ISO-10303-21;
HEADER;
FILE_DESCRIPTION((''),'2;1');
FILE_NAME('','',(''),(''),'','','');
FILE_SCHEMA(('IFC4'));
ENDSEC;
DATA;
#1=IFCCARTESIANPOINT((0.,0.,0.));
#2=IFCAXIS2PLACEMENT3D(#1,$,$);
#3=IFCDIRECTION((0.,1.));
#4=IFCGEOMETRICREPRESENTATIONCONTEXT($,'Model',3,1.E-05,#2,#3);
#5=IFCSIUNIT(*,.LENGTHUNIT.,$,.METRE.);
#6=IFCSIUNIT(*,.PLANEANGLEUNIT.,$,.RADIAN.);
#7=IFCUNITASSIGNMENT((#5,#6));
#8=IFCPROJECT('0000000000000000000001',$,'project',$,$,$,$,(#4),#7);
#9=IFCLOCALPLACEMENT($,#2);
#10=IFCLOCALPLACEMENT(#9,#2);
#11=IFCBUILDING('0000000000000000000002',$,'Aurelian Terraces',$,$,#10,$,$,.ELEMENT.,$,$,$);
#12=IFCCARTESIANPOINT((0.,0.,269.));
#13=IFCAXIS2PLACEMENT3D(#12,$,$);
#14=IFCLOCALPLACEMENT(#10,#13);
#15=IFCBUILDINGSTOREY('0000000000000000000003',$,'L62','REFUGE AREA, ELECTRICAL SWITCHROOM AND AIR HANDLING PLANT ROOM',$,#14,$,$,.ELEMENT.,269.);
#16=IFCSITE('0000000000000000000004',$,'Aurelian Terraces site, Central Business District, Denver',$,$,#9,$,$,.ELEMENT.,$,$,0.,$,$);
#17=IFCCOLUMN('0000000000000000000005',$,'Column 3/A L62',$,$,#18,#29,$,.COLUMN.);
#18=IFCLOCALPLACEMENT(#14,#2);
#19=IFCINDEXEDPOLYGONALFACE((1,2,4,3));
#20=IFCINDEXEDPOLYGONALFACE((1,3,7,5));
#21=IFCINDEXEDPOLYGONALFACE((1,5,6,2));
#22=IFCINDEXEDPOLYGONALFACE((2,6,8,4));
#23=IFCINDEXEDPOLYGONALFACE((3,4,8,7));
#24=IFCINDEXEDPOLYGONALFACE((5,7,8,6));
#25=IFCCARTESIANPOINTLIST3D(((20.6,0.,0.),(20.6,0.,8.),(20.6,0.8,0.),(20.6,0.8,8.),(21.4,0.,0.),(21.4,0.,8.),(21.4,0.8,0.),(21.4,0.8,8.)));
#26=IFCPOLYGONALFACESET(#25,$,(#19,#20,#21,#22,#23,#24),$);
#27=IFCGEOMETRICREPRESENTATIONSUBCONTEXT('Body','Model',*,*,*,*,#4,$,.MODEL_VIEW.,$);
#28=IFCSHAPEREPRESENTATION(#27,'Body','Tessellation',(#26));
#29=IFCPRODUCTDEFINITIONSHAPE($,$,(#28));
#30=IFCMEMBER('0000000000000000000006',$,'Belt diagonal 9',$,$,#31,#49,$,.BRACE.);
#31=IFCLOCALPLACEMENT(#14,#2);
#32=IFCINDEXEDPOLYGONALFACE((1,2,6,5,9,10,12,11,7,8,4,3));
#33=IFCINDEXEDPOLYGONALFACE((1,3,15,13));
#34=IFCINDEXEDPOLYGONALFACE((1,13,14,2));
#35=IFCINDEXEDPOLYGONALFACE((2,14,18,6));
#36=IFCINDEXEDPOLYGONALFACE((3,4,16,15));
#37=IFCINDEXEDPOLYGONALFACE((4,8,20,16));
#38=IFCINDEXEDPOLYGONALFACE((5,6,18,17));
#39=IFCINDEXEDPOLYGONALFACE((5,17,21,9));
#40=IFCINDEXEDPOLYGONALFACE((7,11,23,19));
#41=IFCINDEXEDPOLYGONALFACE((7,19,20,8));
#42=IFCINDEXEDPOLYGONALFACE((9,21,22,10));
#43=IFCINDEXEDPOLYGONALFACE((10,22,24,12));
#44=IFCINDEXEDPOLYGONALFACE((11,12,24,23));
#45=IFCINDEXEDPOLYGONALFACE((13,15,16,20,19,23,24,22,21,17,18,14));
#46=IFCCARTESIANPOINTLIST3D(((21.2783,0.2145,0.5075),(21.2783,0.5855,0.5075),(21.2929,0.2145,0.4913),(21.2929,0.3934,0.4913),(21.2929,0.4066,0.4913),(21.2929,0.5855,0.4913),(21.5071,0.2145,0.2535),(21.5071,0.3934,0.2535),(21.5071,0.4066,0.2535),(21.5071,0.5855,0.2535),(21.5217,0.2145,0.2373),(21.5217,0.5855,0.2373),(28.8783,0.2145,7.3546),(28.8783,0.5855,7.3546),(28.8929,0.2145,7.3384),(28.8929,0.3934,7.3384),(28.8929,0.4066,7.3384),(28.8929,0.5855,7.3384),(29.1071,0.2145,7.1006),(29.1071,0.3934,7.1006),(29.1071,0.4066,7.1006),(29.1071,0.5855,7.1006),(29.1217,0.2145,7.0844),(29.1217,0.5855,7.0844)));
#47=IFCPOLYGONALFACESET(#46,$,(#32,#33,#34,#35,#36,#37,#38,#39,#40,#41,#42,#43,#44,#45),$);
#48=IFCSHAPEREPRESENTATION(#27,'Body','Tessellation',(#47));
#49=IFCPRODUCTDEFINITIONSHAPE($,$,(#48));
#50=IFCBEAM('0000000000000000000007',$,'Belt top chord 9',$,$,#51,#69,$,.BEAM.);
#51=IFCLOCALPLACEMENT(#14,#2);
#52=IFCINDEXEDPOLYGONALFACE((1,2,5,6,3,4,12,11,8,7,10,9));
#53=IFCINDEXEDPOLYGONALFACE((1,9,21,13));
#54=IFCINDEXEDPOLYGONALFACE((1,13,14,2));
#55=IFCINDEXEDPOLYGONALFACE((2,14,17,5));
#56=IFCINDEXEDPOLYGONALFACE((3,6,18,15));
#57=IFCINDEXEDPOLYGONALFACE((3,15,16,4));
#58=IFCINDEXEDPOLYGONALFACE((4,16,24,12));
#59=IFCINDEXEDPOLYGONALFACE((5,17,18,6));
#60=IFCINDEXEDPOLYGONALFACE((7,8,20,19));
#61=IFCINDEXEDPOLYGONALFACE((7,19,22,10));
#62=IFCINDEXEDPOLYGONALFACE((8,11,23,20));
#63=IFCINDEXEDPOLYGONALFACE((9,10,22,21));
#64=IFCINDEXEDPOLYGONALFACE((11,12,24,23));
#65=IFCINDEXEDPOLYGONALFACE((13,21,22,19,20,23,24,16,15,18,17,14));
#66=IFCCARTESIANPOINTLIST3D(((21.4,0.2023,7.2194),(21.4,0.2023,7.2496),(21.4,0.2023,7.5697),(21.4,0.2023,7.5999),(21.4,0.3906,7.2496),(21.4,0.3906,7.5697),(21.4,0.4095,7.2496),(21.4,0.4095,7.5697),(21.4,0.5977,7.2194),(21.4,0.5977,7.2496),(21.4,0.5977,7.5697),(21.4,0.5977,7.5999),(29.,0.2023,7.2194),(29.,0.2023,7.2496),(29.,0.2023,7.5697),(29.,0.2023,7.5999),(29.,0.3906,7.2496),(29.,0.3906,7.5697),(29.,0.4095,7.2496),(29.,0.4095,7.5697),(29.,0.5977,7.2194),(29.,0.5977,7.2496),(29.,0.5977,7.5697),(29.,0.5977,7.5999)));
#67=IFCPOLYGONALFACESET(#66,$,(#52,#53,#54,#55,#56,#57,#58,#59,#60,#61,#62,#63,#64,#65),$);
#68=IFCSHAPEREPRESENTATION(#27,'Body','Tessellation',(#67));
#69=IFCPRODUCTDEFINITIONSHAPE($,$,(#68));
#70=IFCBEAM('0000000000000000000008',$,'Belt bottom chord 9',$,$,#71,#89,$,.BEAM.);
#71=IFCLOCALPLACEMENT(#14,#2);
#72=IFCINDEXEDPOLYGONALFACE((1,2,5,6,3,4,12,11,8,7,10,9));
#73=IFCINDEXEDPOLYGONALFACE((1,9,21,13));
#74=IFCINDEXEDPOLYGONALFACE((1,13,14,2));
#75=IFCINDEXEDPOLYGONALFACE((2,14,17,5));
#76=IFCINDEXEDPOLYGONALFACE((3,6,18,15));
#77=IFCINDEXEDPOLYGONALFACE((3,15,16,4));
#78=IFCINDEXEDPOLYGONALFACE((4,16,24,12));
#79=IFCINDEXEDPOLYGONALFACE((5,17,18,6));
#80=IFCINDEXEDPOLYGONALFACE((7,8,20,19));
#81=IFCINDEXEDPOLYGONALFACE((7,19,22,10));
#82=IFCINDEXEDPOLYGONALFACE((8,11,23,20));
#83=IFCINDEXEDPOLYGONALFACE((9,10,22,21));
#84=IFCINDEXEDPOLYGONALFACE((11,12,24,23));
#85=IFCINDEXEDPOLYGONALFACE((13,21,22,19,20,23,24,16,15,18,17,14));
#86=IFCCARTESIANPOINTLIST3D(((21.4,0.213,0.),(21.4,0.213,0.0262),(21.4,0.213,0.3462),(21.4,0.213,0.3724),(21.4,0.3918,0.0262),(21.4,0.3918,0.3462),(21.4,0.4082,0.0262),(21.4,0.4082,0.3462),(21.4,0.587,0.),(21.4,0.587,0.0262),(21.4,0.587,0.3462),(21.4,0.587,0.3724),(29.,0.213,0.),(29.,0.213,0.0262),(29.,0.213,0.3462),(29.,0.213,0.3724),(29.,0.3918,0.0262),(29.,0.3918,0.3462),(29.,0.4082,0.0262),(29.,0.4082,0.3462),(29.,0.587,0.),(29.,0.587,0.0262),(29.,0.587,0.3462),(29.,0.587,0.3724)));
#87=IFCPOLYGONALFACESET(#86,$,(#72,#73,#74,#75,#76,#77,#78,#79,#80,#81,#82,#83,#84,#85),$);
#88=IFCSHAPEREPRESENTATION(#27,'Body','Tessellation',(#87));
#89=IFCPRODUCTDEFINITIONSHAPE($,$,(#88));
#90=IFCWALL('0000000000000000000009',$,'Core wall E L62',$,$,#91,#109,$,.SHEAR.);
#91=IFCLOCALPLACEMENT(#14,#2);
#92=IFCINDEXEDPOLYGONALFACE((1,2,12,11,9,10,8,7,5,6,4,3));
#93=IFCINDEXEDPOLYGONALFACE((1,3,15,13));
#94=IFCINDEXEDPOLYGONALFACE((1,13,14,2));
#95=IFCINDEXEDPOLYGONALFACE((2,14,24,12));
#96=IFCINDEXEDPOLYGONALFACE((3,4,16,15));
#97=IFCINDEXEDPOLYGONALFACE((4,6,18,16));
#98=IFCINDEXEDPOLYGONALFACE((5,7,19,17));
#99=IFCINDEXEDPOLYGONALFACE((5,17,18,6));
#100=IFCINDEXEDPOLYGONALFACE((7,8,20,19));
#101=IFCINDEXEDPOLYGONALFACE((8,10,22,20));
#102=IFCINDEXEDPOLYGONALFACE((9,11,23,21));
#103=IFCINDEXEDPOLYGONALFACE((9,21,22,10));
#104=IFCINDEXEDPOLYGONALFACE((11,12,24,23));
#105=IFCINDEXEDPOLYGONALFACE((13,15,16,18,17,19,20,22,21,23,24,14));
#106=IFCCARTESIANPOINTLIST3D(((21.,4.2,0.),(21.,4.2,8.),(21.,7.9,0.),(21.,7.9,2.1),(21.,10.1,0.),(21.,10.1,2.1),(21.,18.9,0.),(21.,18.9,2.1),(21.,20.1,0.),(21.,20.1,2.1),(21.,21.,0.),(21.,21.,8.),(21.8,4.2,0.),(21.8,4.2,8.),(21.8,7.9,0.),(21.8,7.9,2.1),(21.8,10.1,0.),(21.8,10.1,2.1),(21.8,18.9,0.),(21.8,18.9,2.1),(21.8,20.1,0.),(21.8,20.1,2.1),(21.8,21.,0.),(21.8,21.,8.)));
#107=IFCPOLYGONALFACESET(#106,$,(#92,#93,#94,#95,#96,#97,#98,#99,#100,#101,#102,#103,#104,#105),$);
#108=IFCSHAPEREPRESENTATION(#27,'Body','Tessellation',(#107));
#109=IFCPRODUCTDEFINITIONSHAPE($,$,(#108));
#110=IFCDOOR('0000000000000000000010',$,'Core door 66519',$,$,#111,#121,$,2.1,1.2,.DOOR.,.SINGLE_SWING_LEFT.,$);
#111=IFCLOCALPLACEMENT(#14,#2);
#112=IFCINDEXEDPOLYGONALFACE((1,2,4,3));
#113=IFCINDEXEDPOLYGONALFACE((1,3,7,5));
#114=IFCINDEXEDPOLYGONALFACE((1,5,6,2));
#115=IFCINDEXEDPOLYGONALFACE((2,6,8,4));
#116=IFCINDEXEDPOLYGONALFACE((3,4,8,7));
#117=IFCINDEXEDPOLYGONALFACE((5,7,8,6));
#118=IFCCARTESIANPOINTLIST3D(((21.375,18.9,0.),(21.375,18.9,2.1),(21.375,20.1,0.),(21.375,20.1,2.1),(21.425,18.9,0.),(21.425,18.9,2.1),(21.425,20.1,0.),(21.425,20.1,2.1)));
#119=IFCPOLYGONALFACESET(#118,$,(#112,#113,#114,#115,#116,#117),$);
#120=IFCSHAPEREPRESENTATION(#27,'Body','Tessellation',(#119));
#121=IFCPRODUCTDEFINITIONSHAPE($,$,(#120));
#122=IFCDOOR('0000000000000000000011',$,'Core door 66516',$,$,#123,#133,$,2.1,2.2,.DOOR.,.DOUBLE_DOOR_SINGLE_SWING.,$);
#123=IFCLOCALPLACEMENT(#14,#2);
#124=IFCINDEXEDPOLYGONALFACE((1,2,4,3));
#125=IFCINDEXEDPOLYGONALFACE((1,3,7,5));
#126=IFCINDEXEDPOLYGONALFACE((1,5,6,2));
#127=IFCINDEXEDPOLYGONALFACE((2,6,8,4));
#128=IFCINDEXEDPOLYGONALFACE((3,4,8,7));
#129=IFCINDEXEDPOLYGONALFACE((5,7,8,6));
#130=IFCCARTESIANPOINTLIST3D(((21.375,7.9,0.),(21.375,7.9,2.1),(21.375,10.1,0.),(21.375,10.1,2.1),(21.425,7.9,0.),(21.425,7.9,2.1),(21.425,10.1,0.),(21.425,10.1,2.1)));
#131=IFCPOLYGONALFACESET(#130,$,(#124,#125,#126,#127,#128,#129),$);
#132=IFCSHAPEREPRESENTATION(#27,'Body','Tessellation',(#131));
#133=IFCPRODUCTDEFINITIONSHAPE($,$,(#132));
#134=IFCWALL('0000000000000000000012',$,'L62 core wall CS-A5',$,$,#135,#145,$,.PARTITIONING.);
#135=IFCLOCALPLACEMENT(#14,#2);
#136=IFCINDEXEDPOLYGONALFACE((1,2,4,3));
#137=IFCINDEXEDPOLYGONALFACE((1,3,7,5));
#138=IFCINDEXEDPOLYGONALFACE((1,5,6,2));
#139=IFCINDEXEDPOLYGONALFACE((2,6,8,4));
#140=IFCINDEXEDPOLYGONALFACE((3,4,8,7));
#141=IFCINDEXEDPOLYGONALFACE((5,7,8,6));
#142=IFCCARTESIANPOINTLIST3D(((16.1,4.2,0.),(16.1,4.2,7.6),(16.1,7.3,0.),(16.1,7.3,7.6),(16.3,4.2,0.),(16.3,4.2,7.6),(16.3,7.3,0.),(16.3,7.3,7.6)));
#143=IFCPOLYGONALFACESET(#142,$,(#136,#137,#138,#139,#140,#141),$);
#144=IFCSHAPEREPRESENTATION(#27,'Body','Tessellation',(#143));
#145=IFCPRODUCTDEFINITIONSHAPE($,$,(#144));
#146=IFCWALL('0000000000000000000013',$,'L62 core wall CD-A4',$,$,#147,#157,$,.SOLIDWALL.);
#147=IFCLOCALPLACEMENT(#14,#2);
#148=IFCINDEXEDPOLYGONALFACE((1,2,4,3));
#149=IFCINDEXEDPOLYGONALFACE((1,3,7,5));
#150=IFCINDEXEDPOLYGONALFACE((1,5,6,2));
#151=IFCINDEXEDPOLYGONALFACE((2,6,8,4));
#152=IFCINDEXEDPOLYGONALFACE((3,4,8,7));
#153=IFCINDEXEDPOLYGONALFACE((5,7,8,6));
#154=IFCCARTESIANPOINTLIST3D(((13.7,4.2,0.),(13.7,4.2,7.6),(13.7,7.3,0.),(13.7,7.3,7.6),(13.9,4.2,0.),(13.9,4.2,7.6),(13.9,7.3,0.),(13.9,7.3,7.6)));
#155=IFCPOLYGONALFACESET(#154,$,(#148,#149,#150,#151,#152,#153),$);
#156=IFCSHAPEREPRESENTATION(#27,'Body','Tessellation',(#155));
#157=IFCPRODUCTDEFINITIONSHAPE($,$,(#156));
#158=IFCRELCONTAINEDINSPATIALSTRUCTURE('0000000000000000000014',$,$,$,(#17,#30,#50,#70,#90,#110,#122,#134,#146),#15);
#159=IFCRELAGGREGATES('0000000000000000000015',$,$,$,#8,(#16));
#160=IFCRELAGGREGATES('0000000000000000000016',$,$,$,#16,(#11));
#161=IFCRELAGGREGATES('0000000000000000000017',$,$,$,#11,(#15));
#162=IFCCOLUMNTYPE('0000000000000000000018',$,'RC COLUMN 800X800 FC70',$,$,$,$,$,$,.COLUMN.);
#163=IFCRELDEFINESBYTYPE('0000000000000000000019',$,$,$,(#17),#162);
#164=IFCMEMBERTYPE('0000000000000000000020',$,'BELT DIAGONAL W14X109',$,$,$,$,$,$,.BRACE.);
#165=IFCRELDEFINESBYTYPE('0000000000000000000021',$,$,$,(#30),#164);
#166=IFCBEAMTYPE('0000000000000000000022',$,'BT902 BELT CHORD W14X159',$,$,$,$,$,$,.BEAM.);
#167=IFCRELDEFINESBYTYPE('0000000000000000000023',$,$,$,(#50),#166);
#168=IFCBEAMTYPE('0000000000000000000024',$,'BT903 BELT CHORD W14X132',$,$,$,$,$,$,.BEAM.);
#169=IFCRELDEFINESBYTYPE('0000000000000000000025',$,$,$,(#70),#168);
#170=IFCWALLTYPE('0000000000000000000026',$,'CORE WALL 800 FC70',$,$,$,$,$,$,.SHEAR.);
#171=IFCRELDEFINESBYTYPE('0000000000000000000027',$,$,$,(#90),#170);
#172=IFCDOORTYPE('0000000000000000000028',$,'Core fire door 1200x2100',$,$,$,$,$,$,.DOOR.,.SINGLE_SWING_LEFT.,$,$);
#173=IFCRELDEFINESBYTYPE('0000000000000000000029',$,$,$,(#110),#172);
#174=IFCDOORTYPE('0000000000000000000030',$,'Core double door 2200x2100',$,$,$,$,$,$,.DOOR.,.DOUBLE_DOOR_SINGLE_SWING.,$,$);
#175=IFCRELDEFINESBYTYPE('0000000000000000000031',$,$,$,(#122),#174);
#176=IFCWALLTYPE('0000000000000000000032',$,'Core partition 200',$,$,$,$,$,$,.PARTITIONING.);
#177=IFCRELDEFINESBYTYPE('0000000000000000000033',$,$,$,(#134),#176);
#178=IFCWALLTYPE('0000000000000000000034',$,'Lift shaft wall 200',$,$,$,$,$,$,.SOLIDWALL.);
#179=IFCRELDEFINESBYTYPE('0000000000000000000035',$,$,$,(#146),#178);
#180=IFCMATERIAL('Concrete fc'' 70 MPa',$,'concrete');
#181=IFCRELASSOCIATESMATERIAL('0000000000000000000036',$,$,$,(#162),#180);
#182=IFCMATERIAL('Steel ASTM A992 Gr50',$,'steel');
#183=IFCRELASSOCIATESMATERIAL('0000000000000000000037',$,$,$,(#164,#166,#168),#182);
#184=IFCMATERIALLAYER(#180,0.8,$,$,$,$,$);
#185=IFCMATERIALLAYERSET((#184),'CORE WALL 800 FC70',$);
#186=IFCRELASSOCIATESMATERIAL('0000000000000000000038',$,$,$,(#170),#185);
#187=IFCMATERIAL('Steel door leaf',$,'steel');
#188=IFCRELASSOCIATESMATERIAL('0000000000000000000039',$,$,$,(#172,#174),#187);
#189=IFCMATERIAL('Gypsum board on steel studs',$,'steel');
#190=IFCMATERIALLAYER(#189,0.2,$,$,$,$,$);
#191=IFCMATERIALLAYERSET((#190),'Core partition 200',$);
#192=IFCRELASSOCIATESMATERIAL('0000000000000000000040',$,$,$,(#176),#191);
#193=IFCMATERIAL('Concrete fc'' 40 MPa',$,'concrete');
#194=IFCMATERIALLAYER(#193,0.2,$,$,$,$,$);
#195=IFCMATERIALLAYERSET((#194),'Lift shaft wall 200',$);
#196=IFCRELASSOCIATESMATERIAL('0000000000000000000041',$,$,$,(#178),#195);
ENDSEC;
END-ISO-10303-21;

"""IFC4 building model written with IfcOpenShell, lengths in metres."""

from ifc_helpers import new_model, si_unit, direction, frame, frame_2d, origin, origin_2d, place, context, subcontext, project, spatial, rectangle, i_section, extrude, source, transform, mapped, material, layer, layer_set, material_profile, profile_set, type_object, element, fill, save


model = new_model("IFC4")

# Units and contexts
model_context = context("Model", 3, precision=1e-05, world=origin(), true_north=direction((0.0, 1.0)))
body_context = subcontext(model_context, "Body", "Model", "MODEL_VIEW")
ifc_project = project(units=[si_unit("LENGTHUNIT", "METRE"), si_unit("PLANEANGLEUNIT", "RADIAN")], contexts=[model_context])

# Site, building, storey
site_placement = place(None, origin())
site = spatial("IfcSite", under=ifc_project, at=site_placement, Name="Aurelian Terraces site, Central Business District, Denver", CompositionType="ELEMENT", RefElevation=0.0)
building_placement = place(site_placement, origin())
building = spatial("IfcBuilding", under=site, at=building_placement, Name="Aurelian Terraces", CompositionType="ELEMENT")
storey_placement = place(building_placement, frame((0.0, 0.0, 269.0)))
storey = spatial("IfcBuildingStorey", under=building, at=storey_placement, Name="L62", Description="REFUGE AREA, ELECTRICAL SWITCHROOM AND AIR HANDLING PLANT ROOM", CompositionType="ELEMENT", Elevation=269.0)

# Column
ifc_material_1 = material(Name="Concrete fc' 70 MPa", Category="concrete")
ifc_material_profile_1 = material_profile(ifc_material_1, rectangle(XDim=0.8, YDim=0.8, at=origin_2d()))
ifc_profile_set_1 = profile_set([ifc_material_profile_1], Name="Concrete fc' 70 MPa")
column_type = type_object("IfcColumnType", Name="RC COLUMN 800X800 FC70", PredefinedType="COLUMN", material=ifc_profile_set_1)
shared_shape_1 = source(origin(), body_context, "Body", "SweptSolid", [
    extrude(rectangle(XDim=0.8, YDim=0.8, at=origin_2d()), origin(), (0.0, 0.0, 1.0), 8.0),
])
column_placement = place(storey_placement, frame((21.0, 0.4, 0.0), z_axis=(0.0, 0.0, 1.0), x_axis=(1.0, 0.0, 0.0)))
element("IfcColumn", 1, at=column_placement, inside=storey, type_object=column_type, Name="Column 3/A L62", PredefinedType="COLUMN", context=body_context, shape_type="MappedRepresentation", body=[
    mapped(shared_shape_1, transform((0.0, 0.0, 0.0), scale=1.0)),
])

# Member
ifc_material_2 = material(Name="Steel ASTM A992 Gr50", Category="steel")
ifc_material_profile_2 = material_profile(ifc_material_2, i_section(OverallWidth=0.371, OverallDepth=0.3637, WebThickness=0.0133, FlangeThickness=0.0218, at=origin_2d()))
ifc_profile_set_2 = profile_set([ifc_material_profile_2], Name="Steel ASTM A992 Gr50")
member_type = type_object("IfcMemberType", Name="BELT DIAGONAL W14X109", PredefinedType="BRACE", material=ifc_profile_set_2)
member_placement = place(storey_placement, frame((21.4, 0.4, 0.3724), z_axis=(0.742949, 0.0, 0.669348), x_axis=(0.0, 1.0, 0.0)))
element("IfcMember", 2, at=member_placement, inside=storey, type_object=member_type, Name="Belt diagonal 9", PredefinedType="BRACE", context=body_context, shape_type="SweptSolid", body=[
    extrude(i_section(OverallWidth=0.371, OverallDepth=0.3637, WebThickness=0.0133, FlangeThickness=0.0218, at=origin_2d()), origin(), (0.0, 0.0, 1.0), 10.2295),
])

# Beams
ifc_material_profile_3 = material_profile(ifc_material_2, i_section(OverallWidth=0.3954, OverallDepth=0.3805, WebThickness=0.0189, FlangeThickness=0.0302, at=origin_2d()))
ifc_profile_set_3 = profile_set([ifc_material_profile_3], Name="Steel ASTM A992 Gr50")
beam_type_1 = type_object("IfcBeamType", Name="BT902 BELT CHORD W14X159", PredefinedType="BEAM", material=ifc_profile_set_3)
beam_1_placement = place(storey_placement, frame((21.4, 0.4, 7.4097), z_axis=(1.0, 0.0, 0.0), x_axis=(0.0, 1.0, 0.0)))
element("IfcBeam", 3, at=beam_1_placement, inside=storey, type_object=beam_type_1, Name="Belt top chord 9", PredefinedType="BEAM", context=body_context, shape_type="SweptSolid", body=[
    extrude(i_section(OverallWidth=0.3954, OverallDepth=0.3805, WebThickness=0.0189, FlangeThickness=0.0302, at=origin_2d()), origin(), (0.0, 0.0, 1.0), 7.6),
])
ifc_material_profile_4 = material_profile(ifc_material_2, i_section(OverallWidth=0.374, OverallDepth=0.3724, WebThickness=0.0164, FlangeThickness=0.0262, at=origin_2d()))
ifc_profile_set_4 = profile_set([ifc_material_profile_4], Name="Steel ASTM A992 Gr50")
beam_type_2 = type_object("IfcBeamType", Name="BT903 BELT CHORD W14X132", PredefinedType="BEAM", material=ifc_profile_set_4)
beam_2_placement = place(storey_placement, frame((21.4, 0.4, 0.1862), z_axis=(1.0, 0.0, 0.0), x_axis=(0.0, 1.0, 0.0)))
element("IfcBeam", 4, at=beam_2_placement, inside=storey, type_object=beam_type_2, Name="Belt bottom chord 9", PredefinedType="BEAM", context=body_context, shape_type="SweptSolid", body=[
    extrude(i_section(OverallWidth=0.374, OverallDepth=0.3724, WebThickness=0.0164, FlangeThickness=0.0262, at=origin_2d()), origin(), (0.0, 0.0, 1.0), 7.6),
])

# Wall, openings, doors
ifc_layer_1 = layer(ifc_material_1, 0.8)
ifc_layer_set_1 = layer_set([ifc_layer_1], Name="CORE WALL 800 FC70")
wall_type_1 = type_object("IfcWallType", Name="CORE WALL 800 FC70", PredefinedType="SHEAR", material=ifc_layer_set_1)
wall_1_placement = place(storey_placement, frame((21.4, 4.2, 0.0), z_axis=(0.0, 0.0, 1.0), x_axis=(0.0, 1.0, 0.0)))
wall_1 = element("IfcWall", 5, at=wall_1_placement, inside=storey, type_object=wall_type_1, Name="Core wall E L62", PredefinedType="SHEAR", context=body_context, shape_type="SweptSolid", body=[
    extrude(rectangle(XDim=16.8, YDim=0.8, at=frame_2d((8.4, 0.0))), origin(), (0.0, 0.0, 1.0), 8.0),
])
shared_shape_2 = source(origin(), body_context, "Body", "SweptSolid", [
    extrude(rectangle(XDim=2.2, YDim=2.1, at=frame_2d((1.1, 1.05))), frame((0.0, 0.41, 0.0), z_axis=(0.0, -1.0, 0.0), x_axis=(1.0, 0.0, 0.0)), (0.0, 0.0, 1.0), 0.82),
])
opening_1_placement = place(wall_1_placement, frame((3.7, 0.0, 0.0)))
opening_1 = element("IfcOpeningElement", 6, at=opening_1_placement, cuts=wall_1, PredefinedType="OPENING", context=body_context, shape_type="MappedRepresentation", body=[
    mapped(shared_shape_2, transform((0.0, 0.0, 0.0), scale=1.0)),
])
shared_shape_3 = source(origin(), body_context, "Body", "SweptSolid", [
    extrude(rectangle(XDim=1.2, YDim=2.1, at=frame_2d((0.6, 1.05))), frame((0.0, 0.41, 0.0), z_axis=(0.0, -1.0, 0.0), x_axis=(1.0, 0.0, 0.0)), (0.0, 0.0, 1.0), 0.82),
])
opening_2_placement = place(wall_1_placement, frame((14.7, 0.0, 0.0)))
opening_2 = element("IfcOpeningElement", 7, at=opening_2_placement, cuts=wall_1, PredefinedType="OPENING", context=body_context, shape_type="MappedRepresentation", body=[
    mapped(shared_shape_3, transform((0.0, 0.0, 0.0), scale=1.0)),
])
ifc_material_3 = material(Name="Steel door leaf", Category="steel")
door_type_1 = type_object("IfcDoorType", Name="Core fire door 1200x2100", OperationType="SINGLE_SWING_LEFT", PredefinedType="DOOR", material=ifc_material_3)
shared_shape_4 = source(origin(), body_context, "Body", "SweptSolid", [
    extrude(rectangle(XDim=1.2, YDim=2.1, at=frame_2d((0.6, 1.05))), frame((0.0, 0.025, 0.0), z_axis=(0.0, -1.0, 0.0), x_axis=(1.0, 0.0, 0.0)), (0.0, 0.0, 1.0), 0.05),
])
door_1_placement = place(opening_2_placement, origin())
door_1 = element("IfcDoor", 8, at=door_1_placement, inside=storey, type_object=door_type_1, Name="Core door 66519", OperationType="SINGLE_SWING_LEFT", OverallHeight=2.1, OverallWidth=1.2, PredefinedType="DOOR", context=body_context, shape_type="MappedRepresentation", body=[
    mapped(shared_shape_4, transform((0.0, 0.0, 0.0), scale=1.0)),
])
fill(opening_2, door_1)
door_type_2 = type_object("IfcDoorType", Name="Core double door 2200x2100", OperationType="DOUBLE_DOOR_SINGLE_SWING", PredefinedType="DOOR", material=ifc_material_3)
shared_shape_5 = source(origin(), body_context, "Body", "SweptSolid", [
    extrude(rectangle(XDim=2.2, YDim=2.1, at=frame_2d((1.1, 1.05))), frame((0.0, 0.025, 0.0), z_axis=(0.0, -1.0, 0.0), x_axis=(1.0, 0.0, 0.0)), (0.0, 0.0, 1.0), 0.05),
])
door_2_placement = place(opening_1_placement, origin())
door_2 = element("IfcDoor", 9, at=door_2_placement, inside=storey, type_object=door_type_2, Name="Core door 66516", OperationType="DOUBLE_DOOR_SINGLE_SWING", OverallHeight=2.1, OverallWidth=2.2, PredefinedType="DOOR", context=body_context, shape_type="MappedRepresentation", body=[
    mapped(shared_shape_5, transform((0.0, 0.0, 0.0), scale=1.0)),
])
fill(opening_1, door_2)

# Walls
ifc_material_4 = material(Name="Gypsum board on steel studs", Category="steel")
ifc_layer_2 = layer(ifc_material_4, 0.2)
ifc_layer_set_2 = layer_set([ifc_layer_2], Name="Core partition 200")
wall_type_2 = type_object("IfcWallType", Name="Core partition 200", PredefinedType="PARTITIONING", material=ifc_layer_set_2)
wall_2_placement = place(storey_placement, frame((16.2, 4.2, 0.0), z_axis=(0.0, 0.0, 1.0), x_axis=(0.0, 1.0, 0.0)))
element("IfcWall", 10, at=wall_2_placement, inside=storey, type_object=wall_type_2, Name="L62 core wall CS-A5", PredefinedType="PARTITIONING", context=body_context, shape_type="SweptSolid", body=[
    extrude(rectangle(XDim=3.1, YDim=0.2, at=frame_2d((1.55, 0.0))), origin(), (0.0, 0.0, 1.0), 7.6),
])
ifc_material_5 = material(Name="Concrete fc' 40 MPa", Category="concrete")
ifc_layer_3 = layer(ifc_material_5, 0.2)
ifc_layer_set_3 = layer_set([ifc_layer_3], Name="Lift shaft wall 200")
wall_type_3 = type_object("IfcWallType", Name="Lift shaft wall 200", PredefinedType="SOLIDWALL", material=ifc_layer_set_3)
wall_3_placement = place(storey_placement, frame((13.8, 4.2, 0.0), z_axis=(0.0, 0.0, 1.0), x_axis=(0.0, 1.0, 0.0)))
element("IfcWall", 11, at=wall_3_placement, inside=storey, type_object=wall_type_3, Name="L62 core wall CD-A4", PredefinedType="SOLIDWALL", context=body_context, shape_type="SweptSolid", body=[
    extrude(rectangle(XDim=3.1, YDim=0.2, at=frame_2d((1.55, 0.0))), origin(), (0.0, 0.0, 1.0), 7.6),
])

save(model, "model.ifc")
